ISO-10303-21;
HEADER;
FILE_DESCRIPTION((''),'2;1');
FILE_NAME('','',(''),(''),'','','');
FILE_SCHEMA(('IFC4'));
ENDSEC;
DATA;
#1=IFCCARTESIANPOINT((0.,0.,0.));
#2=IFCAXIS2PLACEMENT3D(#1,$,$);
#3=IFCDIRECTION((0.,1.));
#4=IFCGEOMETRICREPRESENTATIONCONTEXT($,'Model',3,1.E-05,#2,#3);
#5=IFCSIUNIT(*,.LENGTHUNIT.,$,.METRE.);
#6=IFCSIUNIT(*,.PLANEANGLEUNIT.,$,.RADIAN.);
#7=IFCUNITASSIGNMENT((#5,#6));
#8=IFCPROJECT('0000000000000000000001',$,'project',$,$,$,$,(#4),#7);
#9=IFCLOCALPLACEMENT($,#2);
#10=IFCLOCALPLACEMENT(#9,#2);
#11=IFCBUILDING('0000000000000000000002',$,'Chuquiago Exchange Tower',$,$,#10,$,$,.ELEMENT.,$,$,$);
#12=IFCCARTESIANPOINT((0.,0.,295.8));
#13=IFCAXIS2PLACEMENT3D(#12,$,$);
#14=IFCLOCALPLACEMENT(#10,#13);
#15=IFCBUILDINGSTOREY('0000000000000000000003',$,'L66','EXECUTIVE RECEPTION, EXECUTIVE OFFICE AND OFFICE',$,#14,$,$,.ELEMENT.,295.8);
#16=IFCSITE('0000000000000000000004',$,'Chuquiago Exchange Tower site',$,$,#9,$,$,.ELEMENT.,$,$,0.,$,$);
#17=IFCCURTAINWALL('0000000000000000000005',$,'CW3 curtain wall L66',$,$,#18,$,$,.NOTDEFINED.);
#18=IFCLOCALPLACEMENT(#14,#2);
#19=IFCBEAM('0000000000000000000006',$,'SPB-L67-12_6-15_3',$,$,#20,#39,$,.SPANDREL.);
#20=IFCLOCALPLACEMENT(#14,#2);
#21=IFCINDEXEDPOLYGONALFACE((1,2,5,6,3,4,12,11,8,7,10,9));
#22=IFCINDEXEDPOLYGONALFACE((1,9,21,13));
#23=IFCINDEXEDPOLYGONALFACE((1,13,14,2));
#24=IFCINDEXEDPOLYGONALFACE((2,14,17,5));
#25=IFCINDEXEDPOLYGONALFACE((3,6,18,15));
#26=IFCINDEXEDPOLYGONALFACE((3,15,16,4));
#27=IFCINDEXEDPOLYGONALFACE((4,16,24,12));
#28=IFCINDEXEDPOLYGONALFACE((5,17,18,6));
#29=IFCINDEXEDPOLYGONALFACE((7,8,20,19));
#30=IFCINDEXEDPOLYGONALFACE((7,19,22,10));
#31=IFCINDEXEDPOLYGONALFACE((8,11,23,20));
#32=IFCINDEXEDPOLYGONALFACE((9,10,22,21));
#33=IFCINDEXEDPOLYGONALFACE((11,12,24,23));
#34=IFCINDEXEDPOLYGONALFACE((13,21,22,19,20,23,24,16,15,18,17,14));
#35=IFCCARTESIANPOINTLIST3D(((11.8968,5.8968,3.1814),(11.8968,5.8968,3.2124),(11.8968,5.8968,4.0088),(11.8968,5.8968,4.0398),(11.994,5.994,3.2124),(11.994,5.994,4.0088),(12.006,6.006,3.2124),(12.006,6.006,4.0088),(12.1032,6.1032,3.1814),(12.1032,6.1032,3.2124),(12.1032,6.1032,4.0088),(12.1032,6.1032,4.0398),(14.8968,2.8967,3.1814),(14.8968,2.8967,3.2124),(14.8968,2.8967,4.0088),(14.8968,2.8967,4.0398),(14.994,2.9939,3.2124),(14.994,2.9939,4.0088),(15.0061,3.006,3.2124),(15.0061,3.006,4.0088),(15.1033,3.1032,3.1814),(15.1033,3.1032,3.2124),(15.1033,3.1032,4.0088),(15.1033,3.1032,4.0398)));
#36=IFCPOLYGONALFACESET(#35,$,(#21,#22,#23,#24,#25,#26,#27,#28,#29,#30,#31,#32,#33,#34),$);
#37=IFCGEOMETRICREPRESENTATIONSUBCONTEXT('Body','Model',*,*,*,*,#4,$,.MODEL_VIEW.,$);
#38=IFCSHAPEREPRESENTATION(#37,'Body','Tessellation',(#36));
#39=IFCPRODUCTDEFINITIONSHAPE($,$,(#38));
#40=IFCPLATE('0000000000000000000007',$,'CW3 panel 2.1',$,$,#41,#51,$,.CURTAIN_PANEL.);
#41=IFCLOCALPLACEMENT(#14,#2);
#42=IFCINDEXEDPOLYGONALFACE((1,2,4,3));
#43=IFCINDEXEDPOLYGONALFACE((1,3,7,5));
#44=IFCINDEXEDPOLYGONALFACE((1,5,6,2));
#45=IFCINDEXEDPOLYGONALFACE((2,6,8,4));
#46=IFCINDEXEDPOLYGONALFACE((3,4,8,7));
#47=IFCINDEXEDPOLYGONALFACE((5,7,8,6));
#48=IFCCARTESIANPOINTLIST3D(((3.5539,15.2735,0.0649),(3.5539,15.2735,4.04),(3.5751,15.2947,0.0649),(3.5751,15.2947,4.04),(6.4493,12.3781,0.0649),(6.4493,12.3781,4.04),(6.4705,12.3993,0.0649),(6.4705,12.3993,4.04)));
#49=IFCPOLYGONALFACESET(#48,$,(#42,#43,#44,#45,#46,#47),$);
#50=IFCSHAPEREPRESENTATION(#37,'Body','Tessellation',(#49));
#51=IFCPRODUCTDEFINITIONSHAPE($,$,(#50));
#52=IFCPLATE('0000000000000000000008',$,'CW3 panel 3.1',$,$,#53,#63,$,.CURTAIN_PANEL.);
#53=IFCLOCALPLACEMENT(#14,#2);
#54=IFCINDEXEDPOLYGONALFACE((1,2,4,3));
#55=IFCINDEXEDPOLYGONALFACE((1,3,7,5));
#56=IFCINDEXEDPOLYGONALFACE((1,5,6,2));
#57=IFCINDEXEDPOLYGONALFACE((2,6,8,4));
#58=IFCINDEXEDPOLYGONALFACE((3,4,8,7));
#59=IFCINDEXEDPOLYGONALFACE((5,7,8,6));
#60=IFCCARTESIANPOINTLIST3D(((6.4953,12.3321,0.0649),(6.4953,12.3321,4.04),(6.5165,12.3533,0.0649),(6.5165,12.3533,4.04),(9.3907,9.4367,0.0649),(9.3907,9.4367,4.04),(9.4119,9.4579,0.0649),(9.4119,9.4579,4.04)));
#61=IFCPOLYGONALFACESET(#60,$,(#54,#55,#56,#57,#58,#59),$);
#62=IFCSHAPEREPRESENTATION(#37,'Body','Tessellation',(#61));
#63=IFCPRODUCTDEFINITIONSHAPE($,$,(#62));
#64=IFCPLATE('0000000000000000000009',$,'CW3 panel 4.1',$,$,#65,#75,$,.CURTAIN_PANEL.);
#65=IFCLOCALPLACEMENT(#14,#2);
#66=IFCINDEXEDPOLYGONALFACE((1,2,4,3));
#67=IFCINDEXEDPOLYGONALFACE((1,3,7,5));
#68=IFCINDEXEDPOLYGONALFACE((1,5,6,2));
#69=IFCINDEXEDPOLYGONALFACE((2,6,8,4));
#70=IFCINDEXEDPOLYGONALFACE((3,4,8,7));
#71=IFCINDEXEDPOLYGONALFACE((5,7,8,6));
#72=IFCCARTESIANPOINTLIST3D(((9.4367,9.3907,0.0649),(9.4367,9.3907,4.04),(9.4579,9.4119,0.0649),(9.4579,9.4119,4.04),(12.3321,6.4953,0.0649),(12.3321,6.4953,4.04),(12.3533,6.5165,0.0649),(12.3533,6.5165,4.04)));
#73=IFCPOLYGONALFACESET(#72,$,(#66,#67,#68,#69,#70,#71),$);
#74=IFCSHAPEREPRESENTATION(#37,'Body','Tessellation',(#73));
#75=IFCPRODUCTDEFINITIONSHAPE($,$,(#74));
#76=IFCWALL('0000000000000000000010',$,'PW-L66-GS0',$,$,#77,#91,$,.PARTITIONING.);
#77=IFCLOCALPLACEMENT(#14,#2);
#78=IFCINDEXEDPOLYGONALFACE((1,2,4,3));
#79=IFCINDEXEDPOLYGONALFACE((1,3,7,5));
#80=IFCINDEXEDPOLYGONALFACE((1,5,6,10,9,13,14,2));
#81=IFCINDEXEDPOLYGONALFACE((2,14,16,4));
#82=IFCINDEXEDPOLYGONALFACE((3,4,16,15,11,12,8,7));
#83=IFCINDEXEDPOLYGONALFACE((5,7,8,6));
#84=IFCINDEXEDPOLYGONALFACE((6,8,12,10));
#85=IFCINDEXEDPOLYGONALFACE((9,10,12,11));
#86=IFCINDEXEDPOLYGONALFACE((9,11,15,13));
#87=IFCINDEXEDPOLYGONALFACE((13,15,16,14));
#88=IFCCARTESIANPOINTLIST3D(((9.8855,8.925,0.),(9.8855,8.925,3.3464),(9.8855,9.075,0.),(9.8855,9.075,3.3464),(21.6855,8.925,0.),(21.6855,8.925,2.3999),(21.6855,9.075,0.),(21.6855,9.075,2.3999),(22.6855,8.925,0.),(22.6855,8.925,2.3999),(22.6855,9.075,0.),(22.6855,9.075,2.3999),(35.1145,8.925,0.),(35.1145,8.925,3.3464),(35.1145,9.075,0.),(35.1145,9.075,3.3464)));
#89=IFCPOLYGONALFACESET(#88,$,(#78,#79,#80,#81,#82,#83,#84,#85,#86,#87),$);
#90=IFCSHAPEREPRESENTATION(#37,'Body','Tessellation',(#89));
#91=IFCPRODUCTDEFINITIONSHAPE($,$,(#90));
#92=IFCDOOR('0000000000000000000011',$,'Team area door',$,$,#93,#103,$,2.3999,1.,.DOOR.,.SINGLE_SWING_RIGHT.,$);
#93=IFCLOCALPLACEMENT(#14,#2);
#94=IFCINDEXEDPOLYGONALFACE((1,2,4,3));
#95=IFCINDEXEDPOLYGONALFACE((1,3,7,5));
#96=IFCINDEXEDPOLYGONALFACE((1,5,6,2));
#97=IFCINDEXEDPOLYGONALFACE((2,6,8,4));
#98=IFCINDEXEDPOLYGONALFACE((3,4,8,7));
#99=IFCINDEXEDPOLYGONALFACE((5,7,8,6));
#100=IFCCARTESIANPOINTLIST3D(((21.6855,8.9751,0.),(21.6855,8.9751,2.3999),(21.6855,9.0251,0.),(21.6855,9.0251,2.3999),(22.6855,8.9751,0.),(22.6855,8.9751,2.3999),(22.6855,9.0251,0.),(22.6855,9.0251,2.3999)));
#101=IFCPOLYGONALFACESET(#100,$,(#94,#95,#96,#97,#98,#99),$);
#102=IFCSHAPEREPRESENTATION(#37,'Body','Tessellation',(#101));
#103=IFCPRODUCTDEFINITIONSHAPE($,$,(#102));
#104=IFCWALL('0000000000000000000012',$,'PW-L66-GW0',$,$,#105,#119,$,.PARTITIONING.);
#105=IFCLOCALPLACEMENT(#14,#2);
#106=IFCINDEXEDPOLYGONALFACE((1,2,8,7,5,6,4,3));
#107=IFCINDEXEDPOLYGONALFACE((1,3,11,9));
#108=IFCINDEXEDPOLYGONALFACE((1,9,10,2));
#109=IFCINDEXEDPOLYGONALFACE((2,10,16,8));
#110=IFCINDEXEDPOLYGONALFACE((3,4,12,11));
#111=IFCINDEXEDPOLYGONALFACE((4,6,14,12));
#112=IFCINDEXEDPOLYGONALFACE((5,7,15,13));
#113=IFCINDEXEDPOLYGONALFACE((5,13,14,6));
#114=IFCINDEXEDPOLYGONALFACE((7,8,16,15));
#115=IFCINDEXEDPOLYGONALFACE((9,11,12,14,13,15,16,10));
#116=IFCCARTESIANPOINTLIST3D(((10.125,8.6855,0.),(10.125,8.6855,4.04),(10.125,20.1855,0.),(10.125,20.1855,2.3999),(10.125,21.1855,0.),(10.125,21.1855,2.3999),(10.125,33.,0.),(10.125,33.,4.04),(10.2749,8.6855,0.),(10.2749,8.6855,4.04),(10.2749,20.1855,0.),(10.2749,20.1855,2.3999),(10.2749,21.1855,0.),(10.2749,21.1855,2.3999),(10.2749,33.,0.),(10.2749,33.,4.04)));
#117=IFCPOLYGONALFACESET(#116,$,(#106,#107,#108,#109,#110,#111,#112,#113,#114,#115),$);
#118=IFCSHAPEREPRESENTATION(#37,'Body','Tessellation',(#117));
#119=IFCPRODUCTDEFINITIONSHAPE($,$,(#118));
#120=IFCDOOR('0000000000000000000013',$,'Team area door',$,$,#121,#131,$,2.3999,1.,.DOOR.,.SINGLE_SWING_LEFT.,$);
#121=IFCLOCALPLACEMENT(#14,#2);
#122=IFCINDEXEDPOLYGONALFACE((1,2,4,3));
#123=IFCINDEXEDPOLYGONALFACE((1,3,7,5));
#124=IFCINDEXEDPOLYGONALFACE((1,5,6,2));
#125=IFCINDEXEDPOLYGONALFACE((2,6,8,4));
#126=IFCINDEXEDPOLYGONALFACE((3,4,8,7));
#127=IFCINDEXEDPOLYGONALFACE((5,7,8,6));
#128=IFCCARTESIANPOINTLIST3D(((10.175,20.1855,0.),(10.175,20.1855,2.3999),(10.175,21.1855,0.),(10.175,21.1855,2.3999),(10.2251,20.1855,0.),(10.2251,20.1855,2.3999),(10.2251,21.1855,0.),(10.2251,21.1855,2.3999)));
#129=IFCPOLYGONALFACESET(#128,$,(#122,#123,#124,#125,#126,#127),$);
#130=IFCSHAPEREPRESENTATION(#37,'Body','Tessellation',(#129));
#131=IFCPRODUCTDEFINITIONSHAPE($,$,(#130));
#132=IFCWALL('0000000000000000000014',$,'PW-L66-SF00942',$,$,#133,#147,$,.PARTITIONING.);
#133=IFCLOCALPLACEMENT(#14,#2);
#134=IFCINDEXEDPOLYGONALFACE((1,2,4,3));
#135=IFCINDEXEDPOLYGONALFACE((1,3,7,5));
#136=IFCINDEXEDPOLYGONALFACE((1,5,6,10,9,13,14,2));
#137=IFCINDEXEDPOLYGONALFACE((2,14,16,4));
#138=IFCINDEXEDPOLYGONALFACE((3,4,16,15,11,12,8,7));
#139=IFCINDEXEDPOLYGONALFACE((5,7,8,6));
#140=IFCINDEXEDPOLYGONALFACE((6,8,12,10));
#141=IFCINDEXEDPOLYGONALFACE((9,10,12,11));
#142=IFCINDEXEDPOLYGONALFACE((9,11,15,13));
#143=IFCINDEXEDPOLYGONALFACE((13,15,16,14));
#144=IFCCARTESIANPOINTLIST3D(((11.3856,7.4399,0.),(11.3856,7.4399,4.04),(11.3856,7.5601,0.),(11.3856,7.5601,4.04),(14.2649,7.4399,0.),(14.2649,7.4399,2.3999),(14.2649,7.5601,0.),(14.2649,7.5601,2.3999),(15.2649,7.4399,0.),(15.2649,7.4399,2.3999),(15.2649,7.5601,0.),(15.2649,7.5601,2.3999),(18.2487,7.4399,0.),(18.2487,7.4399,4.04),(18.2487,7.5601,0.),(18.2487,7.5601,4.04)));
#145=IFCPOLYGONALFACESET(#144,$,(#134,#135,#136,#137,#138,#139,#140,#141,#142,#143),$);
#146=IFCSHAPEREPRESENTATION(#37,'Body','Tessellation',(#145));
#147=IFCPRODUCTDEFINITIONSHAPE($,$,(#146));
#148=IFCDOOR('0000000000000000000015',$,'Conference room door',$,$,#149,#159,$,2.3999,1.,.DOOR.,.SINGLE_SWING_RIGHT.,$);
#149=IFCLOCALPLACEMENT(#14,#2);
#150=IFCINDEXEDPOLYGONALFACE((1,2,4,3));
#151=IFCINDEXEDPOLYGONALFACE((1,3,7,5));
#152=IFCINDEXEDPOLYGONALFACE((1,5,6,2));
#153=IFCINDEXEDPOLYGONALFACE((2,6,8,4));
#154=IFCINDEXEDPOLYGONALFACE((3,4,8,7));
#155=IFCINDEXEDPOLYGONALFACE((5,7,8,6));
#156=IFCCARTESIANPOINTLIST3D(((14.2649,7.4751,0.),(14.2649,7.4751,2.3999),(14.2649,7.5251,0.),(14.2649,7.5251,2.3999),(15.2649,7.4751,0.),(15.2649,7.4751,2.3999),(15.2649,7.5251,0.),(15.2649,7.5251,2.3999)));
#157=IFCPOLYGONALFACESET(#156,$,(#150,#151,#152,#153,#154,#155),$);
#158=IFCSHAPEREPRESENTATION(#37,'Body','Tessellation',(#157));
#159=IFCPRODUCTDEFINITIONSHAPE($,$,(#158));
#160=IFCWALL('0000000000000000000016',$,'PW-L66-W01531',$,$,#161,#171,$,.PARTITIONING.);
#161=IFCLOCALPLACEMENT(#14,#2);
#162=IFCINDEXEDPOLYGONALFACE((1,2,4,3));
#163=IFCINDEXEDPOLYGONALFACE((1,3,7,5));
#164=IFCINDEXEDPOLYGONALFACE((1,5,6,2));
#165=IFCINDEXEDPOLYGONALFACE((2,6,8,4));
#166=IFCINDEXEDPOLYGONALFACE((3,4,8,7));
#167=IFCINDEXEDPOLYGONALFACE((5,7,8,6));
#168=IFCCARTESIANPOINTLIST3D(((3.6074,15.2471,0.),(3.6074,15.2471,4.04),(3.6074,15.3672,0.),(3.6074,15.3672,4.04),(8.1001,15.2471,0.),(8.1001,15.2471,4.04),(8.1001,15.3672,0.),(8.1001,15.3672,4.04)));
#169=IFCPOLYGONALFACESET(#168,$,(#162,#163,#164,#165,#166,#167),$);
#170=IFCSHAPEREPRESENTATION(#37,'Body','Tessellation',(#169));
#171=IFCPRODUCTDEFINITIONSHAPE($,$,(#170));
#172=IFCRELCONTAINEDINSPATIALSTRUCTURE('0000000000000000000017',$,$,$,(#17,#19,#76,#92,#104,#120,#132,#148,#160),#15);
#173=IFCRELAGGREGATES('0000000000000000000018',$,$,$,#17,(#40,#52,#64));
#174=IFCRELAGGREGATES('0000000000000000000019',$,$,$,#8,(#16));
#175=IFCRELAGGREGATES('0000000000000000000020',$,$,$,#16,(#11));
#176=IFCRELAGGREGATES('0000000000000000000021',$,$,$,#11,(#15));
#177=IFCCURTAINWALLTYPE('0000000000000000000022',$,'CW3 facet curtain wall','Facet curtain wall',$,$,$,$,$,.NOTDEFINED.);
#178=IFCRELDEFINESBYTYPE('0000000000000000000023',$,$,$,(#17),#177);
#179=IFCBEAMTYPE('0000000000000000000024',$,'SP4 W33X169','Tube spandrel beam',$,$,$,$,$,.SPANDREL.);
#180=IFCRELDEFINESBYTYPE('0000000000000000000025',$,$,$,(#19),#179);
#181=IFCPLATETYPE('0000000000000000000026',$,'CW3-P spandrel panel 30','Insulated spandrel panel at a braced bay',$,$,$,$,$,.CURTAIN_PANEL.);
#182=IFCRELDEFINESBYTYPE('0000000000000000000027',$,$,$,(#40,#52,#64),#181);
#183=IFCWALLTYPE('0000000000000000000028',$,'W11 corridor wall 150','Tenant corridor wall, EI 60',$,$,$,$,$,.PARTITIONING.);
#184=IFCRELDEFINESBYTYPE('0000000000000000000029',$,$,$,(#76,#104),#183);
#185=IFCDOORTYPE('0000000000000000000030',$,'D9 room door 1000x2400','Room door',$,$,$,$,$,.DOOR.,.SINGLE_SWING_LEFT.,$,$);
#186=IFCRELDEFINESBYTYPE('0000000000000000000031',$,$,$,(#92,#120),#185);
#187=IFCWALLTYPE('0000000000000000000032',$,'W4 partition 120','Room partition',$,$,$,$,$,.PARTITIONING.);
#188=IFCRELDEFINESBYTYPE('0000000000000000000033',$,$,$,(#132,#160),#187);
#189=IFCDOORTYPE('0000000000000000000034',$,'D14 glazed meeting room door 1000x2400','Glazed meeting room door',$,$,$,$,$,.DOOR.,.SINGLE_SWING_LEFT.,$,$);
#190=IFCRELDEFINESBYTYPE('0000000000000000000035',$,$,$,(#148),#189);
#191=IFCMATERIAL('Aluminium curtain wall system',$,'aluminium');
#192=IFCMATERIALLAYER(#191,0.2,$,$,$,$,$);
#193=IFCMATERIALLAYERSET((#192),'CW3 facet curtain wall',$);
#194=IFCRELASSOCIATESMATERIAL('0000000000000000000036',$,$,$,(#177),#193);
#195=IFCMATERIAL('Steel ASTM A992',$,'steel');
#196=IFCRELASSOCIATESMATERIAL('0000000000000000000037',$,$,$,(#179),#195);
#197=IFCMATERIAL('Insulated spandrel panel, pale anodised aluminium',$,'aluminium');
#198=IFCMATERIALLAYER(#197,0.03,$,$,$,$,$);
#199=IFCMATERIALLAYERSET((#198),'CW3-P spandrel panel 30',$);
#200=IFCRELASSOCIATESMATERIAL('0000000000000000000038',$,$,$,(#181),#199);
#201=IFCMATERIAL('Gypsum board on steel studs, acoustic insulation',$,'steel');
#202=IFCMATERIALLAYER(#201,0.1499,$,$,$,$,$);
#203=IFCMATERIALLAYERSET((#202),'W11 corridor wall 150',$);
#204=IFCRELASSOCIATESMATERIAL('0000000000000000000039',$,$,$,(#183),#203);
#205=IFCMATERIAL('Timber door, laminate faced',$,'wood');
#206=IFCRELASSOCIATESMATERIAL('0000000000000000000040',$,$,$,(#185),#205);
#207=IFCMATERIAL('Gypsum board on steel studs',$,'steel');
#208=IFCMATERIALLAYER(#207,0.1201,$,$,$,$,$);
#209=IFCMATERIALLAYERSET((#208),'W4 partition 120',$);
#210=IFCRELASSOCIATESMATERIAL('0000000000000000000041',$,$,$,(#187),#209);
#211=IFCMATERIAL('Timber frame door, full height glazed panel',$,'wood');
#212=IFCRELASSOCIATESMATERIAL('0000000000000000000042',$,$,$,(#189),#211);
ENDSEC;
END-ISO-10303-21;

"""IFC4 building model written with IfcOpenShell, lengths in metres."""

from ifc_helpers import new_model, si_unit, direction, frame, frame_2d, origin, origin_2d, place, context, subcontext, project, spatial, rectangle, i_section, extrude, material, layer, layer_set, material_profile, profile_set, type_object, element, fill, aggregate, save


model = new_model("IFC4")

# Units and contexts
model_context = context("Model", 3, precision=1e-05, world=origin(), true_north=direction((0.0, 1.0)))
body_context = subcontext(model_context, "Body", "Model", "MODEL_VIEW")
ifc_project = project(units=[si_unit("LENGTHUNIT", "METRE"), si_unit("PLANEANGLEUNIT", "RADIAN")], contexts=[model_context])

# Site, building, storey
site_placement = place(None, origin())
site = spatial("IfcSite", under=ifc_project, at=site_placement, Name="Chuquiago Exchange Tower site", CompositionType="ELEMENT", RefElevation=0.0)
building_placement = place(site_placement, origin())
building = spatial("IfcBuilding", under=site, at=building_placement, Name="Chuquiago Exchange Tower", CompositionType="ELEMENT")
storey_placement = place(building_placement, frame((0.0, 0.0, 295.8)))
storey = spatial("IfcBuildingStorey", under=building, at=storey_placement, Name="L66", Description="EXECUTIVE RECEPTION, EXECUTIVE OFFICE AND OFFICE", CompositionType="ELEMENT", Elevation=295.8)

# Curtain wall
ifc_material_1 = material(Name="Aluminium curtain wall system", Category="aluminium")
ifc_layer_1 = layer(ifc_material_1, 0.2)
ifc_layer_set_1 = layer_set([ifc_layer_1], Name="CW3 facet curtain wall")
curtain_wall_type = type_object("IfcCurtainWallType", Name="CW3 facet curtain wall", Description="Facet curtain wall", PredefinedType="NOTDEFINED", material=ifc_layer_set_1)
curtain_wall_placement = place(storey_placement, origin())
curtain_wall = element("IfcCurtainWall", 1, at=curtain_wall_placement, inside=storey, type_object=curtain_wall_type, Name="CW3 curtain wall L66", PredefinedType="NOTDEFINED")

# Beam
ifc_material_2 = material(Name="Steel ASTM A992", Category="steel")
ifc_material_profile_1 = material_profile(ifc_material_2, i_section(OverallWidth=0.292, OverallDepth=0.8584, WebThickness=0.0171, FlangeThickness=0.031, at=origin_2d()), Name="W33X169")
ifc_profile_set_1 = profile_set([ifc_material_profile_1], Name="Steel ASTM A992")
beam_type_1 = type_object("IfcBeamType", Name="SP4 W33X169", Description="Tube spandrel beam", PredefinedType="SPANDREL", material=ifc_profile_set_1)
for number, where, z_axis, x_axis, name in (
    (2, (12.0, 6.0, 3.6106), (0.707107, -0.707107, 0.0), (0.707107, 0.707107, 0.0), "SPB-L67-12_6-15_3"),
):
    element("IfcBeam", number, at=place(storey_placement, frame(where, z_axis=z_axis, x_axis=x_axis)), inside=storey, type_object=beam_type_1, Name=name, PredefinedType="SPANDREL", context=body_context, shape_type="SweptSolid", body=[
        extrude(i_section(OverallWidth=0.292, OverallDepth=0.8584, WebThickness=0.0171, FlangeThickness=0.031, at=origin_2d()), origin(), (0.0, 0.0, 1.0), 4.2427),
    ])

# Plates
ifc_material_3 = material(Name="Insulated spandrel panel, pale anodised aluminium", Category="aluminium")
ifc_layer_2 = layer(ifc_material_3, 0.03)
ifc_layer_set_2 = layer_set([ifc_layer_2], Name="CW3-P spandrel panel 30")
plate_type = type_object("IfcPlateType", Name="CW3-P spandrel panel 30", Description="Insulated spandrel panel at a braced bay", PredefinedType="CURTAIN_PANEL", material=ifc_layer_set_2)
plate_1_placement = place(storey_placement, frame((5.0122, 13.8364, 0.0649), z_axis=(0.0, 0.0, 1.0), x_axis=(0.707107, -0.707107, 0.0)))
plate_1 = element("IfcPlate", 3, at=plate_1_placement, type_object=plate_type, Name="CW3 panel 2.1", PredefinedType="CURTAIN_PANEL", context=body_context, shape_type="SweptSolid", body=[
    extrude(rectangle(XDim=4.0947, YDim=0.03, at=origin_2d()), origin(), (0.0, 0.0, 1.0), 3.9751),
])
plate_2_placement = place(storey_placement, frame((7.9536, 10.895, 0.0649), z_axis=(0.0, 0.0, 1.0), x_axis=(0.707107, -0.707107, 0.0)))
plate_2 = element("IfcPlate", 4, at=plate_2_placement, type_object=plate_type, Name="CW3 panel 3.1", PredefinedType="CURTAIN_PANEL", context=body_context, shape_type="SweptSolid", body=[
    extrude(rectangle(XDim=4.0947, YDim=0.03, at=origin_2d()), origin(), (0.0, 0.0, 1.0), 3.9751),
])
plate_3_placement = place(storey_placement, frame((10.895, 7.9536, 0.0649), z_axis=(0.0, 0.0, 1.0), x_axis=(0.707107, -0.707107, 0.0)))
plate_3 = element("IfcPlate", 5, at=plate_3_placement, type_object=plate_type, Name="CW3 panel 4.1", PredefinedType="CURTAIN_PANEL", context=body_context, shape_type="SweptSolid", body=[
    extrude(rectangle(XDim=4.0947, YDim=0.03, at=origin_2d()), origin(), (0.0, 0.0, 1.0), 3.9751),
])
aggregate(curtain_wall, [plate_1, plate_2, plate_3])

# Walls, openings, doors
ifc_material_4 = material(Name="Gypsum board on steel studs, acoustic insulation", Category="steel")
ifc_layer_3 = layer(ifc_material_4, 0.1499)
ifc_layer_set_3 = layer_set([ifc_layer_3], Name="W11 corridor wall 150")
wall_type_1 = type_object("IfcWallType", Name="W11 corridor wall 150", Description="Tenant corridor wall, EI 60", PredefinedType="PARTITIONING", material=ifc_layer_set_3)
wall_1_placement = place(storey_placement, frame((9.8855, 9.0, 0.0), z_axis=(0.0, 0.0, 1.0), x_axis=(1.0, 0.0, 0.0)))
wall_1 = element("IfcWall", 6, at=wall_1_placement, inside=storey, type_object=wall_type_1, Name="PW-L66-GS0", PredefinedType="PARTITIONING", context=body_context, shape_type="SweptSolid", body=[
    extrude(rectangle(XDim=25.229, YDim=0.1499, at=frame_2d((12.6145, 0.0))), origin(), (0.0, 0.0, 1.0), 3.3464),
])
opening_1_placement = place(wall_1_placement, frame((11.8, 0.0, 0.0)))
opening_1 = element("IfcOpeningElement", 7, at=opening_1_placement, cuts=wall_1, PredefinedType="OPENING", context=body_context, shape_type="SweptSolid", body=[
    extrude(rectangle(XDim=1.0, YDim=2.3999, at=frame_2d((0.5, 1.2))), frame((0.0, 0.085, 0.0), z_axis=(0.0, -1.0, 0.0), x_axis=(1.0, 0.0, 0.0)), (0.0, 0.0, 1.0), 0.1699),
])
ifc_material_5 = material(Name="Timber door, laminate faced", Category="wood")
door_type_1 = type_object("IfcDoorType", Name="D9 room door 1000x2400", Description="Room door", OperationType="SINGLE_SWING_LEFT", PredefinedType="DOOR", material=ifc_material_5)
door_1_placement = place(opening_1_placement, frame((1.0, 0.0, 0.0), z_axis=(0.0, 0.0, 1.0), x_axis=(-1.0, 0.0, 0.0)))
door_1 = element("IfcDoor", 8, at=door_1_placement, inside=storey, type_object=door_type_1, Name="Team area door", OperationType="SINGLE_SWING_RIGHT", OverallHeight=2.3999, OverallWidth=1.0, PredefinedType="DOOR", context=body_context, shape_type="SweptSolid", body=[
    extrude(rectangle(XDim=1.0, YDim=2.3999, at=frame_2d((0.5, 1.2))), frame((0.0, 0.0249, 0.0), z_axis=(0.0, -1.0, 0.0), x_axis=(1.0, 0.0, 0.0)), (0.0, 0.0, 1.0), 0.05),
])
fill(opening_1, door_1)
wall_2_placement = place(storey_placement, frame((10.2, 8.6855, 0.0), z_axis=(0.0, 0.0, 1.0), x_axis=(0.0, 1.0, 0.0)))
wall_2 = element("IfcWall", 9, at=wall_2_placement, inside=storey, type_object=wall_type_1, Name="PW-L66-GW0", PredefinedType="PARTITIONING", context=body_context, shape_type="SweptSolid", body=[
    extrude(rectangle(XDim=24.3145, YDim=0.1499, at=frame_2d((12.1572, 0.0))), origin(), (0.0, 0.0, 1.0), 4.04),
])
opening_2_placement = place(wall_2_placement, frame((11.5, 0.0, 0.0)))
opening_2 = element("IfcOpeningElement", 10, at=opening_2_placement, cuts=wall_2, PredefinedType="OPENING", context=body_context, shape_type="SweptSolid", body=[
    extrude(rectangle(XDim=1.0, YDim=2.3999, at=frame_2d((0.5, 1.2))), frame((0.0, 0.085, 0.0), z_axis=(0.0, -1.0, 0.0), x_axis=(1.0, 0.0, 0.0)), (0.0, 0.0, 1.0), 0.1699),
])
door_2_placement = place(opening_2_placement, origin())
door_2 = element("IfcDoor", 11, at=door_2_placement, inside=storey, type_object=door_type_1, Name="Team area door", OperationType="SINGLE_SWING_LEFT", OverallHeight=2.3999, OverallWidth=1.0, PredefinedType="DOOR", context=body_context, shape_type="SweptSolid", body=[
    extrude(rectangle(XDim=1.0, YDim=2.3999, at=frame_2d((0.5, 1.2))), frame((0.0, 0.0249, 0.0), z_axis=(0.0, -1.0, 0.0), x_axis=(1.0, 0.0, 0.0)), (0.0, 0.0, 1.0), 0.05),
])
fill(opening_2, door_2)
ifc_material_6 = material(Name="Gypsum board on steel studs", Category="steel")
ifc_layer_4 = layer(ifc_material_6, 0.1201)
ifc_layer_set_4 = layer_set([ifc_layer_4], Name="W4 partition 120")
wall_type_2 = type_object("IfcWallType", Name="W4 partition 120", Description="Room partition", PredefinedType="PARTITIONING", material=ifc_layer_set_4)
wall_3_placement = place(storey_placement, frame((11.3855, 7.5, 0.0), z_axis=(0.0, 0.0, 1.0), x_axis=(1.0, 0.0, 0.0)))
wall_3 = element("IfcWall", 12, at=wall_3_placement, inside=storey, type_object=wall_type_2, Name="PW-L66-SF00942", PredefinedType="PARTITIONING", context=body_context, shape_type="SweptSolid", body=[
    extrude(rectangle(XDim=6.863, YDim=0.1201, at=frame_2d((3.4316, 0.0))), origin(), (0.0, 0.0, 1.0), 4.04),
])
opening_3_placement = place(wall_3_placement, frame((2.8794, 0.0, 0.0)))
opening_3 = element("IfcOpeningElement", 13, at=opening_3_placement, cuts=wall_3, PredefinedType="OPENING", context=body_context, shape_type="SweptSolid", body=[
    extrude(rectangle(XDim=1.0, YDim=2.3999, at=frame_2d((0.5, 1.2))), frame((0.0, 0.0701, 0.0), z_axis=(0.0, -1.0, 0.0), x_axis=(1.0, 0.0, 0.0)), (0.0, 0.0, 1.0), 0.1401),
])
ifc_material_7 = material(Name="Timber frame door, full height glazed panel", Category="wood")
door_type_2 = type_object("IfcDoorType", Name="D14 glazed meeting room door 1000x2400", Description="Glazed meeting room door", OperationType="SINGLE_SWING_LEFT", PredefinedType="DOOR", material=ifc_material_7)
door_3_placement = place(opening_3_placement, frame((1.0, 0.0, 0.0), z_axis=(0.0, 0.0, 1.0), x_axis=(-1.0, 0.0, 0.0)))
door_3 = element("IfcDoor", 14, at=door_3_placement, inside=storey, type_object=door_type_2, Name="Conference room door", OperationType="SINGLE_SWING_RIGHT", OverallHeight=2.3999, OverallWidth=1.0, PredefinedType="DOOR", context=body_context, shape_type="SweptSolid", body=[
    extrude(rectangle(XDim=1.0, YDim=2.3999, at=frame_2d((0.5, 1.2))), frame((0.0, 0.0249, 0.0), z_axis=(0.0, -1.0, 0.0), x_axis=(1.0, 0.0, 0.0)), (0.0, 0.0, 1.0), 0.05),
])
fill(opening_3, door_3)

# Wall
wall_4_placement = place(storey_placement, frame((3.6074, 15.3071, 0.0), z_axis=(0.0, 0.0, 1.0), x_axis=(1.0, 0.0, 0.0)))
element("IfcWall", 15, at=wall_4_placement, inside=storey, type_object=wall_type_2, Name="PW-L66-W01531", PredefinedType="PARTITIONING", context=body_context, shape_type="SweptSolid", body=[
    extrude(rectangle(XDim=4.4927, YDim=0.1201, at=frame_2d((2.2463, 0.0))), origin(), (0.0, 0.0, 1.0), 4.04),
])

save(model, "model.ifc")
